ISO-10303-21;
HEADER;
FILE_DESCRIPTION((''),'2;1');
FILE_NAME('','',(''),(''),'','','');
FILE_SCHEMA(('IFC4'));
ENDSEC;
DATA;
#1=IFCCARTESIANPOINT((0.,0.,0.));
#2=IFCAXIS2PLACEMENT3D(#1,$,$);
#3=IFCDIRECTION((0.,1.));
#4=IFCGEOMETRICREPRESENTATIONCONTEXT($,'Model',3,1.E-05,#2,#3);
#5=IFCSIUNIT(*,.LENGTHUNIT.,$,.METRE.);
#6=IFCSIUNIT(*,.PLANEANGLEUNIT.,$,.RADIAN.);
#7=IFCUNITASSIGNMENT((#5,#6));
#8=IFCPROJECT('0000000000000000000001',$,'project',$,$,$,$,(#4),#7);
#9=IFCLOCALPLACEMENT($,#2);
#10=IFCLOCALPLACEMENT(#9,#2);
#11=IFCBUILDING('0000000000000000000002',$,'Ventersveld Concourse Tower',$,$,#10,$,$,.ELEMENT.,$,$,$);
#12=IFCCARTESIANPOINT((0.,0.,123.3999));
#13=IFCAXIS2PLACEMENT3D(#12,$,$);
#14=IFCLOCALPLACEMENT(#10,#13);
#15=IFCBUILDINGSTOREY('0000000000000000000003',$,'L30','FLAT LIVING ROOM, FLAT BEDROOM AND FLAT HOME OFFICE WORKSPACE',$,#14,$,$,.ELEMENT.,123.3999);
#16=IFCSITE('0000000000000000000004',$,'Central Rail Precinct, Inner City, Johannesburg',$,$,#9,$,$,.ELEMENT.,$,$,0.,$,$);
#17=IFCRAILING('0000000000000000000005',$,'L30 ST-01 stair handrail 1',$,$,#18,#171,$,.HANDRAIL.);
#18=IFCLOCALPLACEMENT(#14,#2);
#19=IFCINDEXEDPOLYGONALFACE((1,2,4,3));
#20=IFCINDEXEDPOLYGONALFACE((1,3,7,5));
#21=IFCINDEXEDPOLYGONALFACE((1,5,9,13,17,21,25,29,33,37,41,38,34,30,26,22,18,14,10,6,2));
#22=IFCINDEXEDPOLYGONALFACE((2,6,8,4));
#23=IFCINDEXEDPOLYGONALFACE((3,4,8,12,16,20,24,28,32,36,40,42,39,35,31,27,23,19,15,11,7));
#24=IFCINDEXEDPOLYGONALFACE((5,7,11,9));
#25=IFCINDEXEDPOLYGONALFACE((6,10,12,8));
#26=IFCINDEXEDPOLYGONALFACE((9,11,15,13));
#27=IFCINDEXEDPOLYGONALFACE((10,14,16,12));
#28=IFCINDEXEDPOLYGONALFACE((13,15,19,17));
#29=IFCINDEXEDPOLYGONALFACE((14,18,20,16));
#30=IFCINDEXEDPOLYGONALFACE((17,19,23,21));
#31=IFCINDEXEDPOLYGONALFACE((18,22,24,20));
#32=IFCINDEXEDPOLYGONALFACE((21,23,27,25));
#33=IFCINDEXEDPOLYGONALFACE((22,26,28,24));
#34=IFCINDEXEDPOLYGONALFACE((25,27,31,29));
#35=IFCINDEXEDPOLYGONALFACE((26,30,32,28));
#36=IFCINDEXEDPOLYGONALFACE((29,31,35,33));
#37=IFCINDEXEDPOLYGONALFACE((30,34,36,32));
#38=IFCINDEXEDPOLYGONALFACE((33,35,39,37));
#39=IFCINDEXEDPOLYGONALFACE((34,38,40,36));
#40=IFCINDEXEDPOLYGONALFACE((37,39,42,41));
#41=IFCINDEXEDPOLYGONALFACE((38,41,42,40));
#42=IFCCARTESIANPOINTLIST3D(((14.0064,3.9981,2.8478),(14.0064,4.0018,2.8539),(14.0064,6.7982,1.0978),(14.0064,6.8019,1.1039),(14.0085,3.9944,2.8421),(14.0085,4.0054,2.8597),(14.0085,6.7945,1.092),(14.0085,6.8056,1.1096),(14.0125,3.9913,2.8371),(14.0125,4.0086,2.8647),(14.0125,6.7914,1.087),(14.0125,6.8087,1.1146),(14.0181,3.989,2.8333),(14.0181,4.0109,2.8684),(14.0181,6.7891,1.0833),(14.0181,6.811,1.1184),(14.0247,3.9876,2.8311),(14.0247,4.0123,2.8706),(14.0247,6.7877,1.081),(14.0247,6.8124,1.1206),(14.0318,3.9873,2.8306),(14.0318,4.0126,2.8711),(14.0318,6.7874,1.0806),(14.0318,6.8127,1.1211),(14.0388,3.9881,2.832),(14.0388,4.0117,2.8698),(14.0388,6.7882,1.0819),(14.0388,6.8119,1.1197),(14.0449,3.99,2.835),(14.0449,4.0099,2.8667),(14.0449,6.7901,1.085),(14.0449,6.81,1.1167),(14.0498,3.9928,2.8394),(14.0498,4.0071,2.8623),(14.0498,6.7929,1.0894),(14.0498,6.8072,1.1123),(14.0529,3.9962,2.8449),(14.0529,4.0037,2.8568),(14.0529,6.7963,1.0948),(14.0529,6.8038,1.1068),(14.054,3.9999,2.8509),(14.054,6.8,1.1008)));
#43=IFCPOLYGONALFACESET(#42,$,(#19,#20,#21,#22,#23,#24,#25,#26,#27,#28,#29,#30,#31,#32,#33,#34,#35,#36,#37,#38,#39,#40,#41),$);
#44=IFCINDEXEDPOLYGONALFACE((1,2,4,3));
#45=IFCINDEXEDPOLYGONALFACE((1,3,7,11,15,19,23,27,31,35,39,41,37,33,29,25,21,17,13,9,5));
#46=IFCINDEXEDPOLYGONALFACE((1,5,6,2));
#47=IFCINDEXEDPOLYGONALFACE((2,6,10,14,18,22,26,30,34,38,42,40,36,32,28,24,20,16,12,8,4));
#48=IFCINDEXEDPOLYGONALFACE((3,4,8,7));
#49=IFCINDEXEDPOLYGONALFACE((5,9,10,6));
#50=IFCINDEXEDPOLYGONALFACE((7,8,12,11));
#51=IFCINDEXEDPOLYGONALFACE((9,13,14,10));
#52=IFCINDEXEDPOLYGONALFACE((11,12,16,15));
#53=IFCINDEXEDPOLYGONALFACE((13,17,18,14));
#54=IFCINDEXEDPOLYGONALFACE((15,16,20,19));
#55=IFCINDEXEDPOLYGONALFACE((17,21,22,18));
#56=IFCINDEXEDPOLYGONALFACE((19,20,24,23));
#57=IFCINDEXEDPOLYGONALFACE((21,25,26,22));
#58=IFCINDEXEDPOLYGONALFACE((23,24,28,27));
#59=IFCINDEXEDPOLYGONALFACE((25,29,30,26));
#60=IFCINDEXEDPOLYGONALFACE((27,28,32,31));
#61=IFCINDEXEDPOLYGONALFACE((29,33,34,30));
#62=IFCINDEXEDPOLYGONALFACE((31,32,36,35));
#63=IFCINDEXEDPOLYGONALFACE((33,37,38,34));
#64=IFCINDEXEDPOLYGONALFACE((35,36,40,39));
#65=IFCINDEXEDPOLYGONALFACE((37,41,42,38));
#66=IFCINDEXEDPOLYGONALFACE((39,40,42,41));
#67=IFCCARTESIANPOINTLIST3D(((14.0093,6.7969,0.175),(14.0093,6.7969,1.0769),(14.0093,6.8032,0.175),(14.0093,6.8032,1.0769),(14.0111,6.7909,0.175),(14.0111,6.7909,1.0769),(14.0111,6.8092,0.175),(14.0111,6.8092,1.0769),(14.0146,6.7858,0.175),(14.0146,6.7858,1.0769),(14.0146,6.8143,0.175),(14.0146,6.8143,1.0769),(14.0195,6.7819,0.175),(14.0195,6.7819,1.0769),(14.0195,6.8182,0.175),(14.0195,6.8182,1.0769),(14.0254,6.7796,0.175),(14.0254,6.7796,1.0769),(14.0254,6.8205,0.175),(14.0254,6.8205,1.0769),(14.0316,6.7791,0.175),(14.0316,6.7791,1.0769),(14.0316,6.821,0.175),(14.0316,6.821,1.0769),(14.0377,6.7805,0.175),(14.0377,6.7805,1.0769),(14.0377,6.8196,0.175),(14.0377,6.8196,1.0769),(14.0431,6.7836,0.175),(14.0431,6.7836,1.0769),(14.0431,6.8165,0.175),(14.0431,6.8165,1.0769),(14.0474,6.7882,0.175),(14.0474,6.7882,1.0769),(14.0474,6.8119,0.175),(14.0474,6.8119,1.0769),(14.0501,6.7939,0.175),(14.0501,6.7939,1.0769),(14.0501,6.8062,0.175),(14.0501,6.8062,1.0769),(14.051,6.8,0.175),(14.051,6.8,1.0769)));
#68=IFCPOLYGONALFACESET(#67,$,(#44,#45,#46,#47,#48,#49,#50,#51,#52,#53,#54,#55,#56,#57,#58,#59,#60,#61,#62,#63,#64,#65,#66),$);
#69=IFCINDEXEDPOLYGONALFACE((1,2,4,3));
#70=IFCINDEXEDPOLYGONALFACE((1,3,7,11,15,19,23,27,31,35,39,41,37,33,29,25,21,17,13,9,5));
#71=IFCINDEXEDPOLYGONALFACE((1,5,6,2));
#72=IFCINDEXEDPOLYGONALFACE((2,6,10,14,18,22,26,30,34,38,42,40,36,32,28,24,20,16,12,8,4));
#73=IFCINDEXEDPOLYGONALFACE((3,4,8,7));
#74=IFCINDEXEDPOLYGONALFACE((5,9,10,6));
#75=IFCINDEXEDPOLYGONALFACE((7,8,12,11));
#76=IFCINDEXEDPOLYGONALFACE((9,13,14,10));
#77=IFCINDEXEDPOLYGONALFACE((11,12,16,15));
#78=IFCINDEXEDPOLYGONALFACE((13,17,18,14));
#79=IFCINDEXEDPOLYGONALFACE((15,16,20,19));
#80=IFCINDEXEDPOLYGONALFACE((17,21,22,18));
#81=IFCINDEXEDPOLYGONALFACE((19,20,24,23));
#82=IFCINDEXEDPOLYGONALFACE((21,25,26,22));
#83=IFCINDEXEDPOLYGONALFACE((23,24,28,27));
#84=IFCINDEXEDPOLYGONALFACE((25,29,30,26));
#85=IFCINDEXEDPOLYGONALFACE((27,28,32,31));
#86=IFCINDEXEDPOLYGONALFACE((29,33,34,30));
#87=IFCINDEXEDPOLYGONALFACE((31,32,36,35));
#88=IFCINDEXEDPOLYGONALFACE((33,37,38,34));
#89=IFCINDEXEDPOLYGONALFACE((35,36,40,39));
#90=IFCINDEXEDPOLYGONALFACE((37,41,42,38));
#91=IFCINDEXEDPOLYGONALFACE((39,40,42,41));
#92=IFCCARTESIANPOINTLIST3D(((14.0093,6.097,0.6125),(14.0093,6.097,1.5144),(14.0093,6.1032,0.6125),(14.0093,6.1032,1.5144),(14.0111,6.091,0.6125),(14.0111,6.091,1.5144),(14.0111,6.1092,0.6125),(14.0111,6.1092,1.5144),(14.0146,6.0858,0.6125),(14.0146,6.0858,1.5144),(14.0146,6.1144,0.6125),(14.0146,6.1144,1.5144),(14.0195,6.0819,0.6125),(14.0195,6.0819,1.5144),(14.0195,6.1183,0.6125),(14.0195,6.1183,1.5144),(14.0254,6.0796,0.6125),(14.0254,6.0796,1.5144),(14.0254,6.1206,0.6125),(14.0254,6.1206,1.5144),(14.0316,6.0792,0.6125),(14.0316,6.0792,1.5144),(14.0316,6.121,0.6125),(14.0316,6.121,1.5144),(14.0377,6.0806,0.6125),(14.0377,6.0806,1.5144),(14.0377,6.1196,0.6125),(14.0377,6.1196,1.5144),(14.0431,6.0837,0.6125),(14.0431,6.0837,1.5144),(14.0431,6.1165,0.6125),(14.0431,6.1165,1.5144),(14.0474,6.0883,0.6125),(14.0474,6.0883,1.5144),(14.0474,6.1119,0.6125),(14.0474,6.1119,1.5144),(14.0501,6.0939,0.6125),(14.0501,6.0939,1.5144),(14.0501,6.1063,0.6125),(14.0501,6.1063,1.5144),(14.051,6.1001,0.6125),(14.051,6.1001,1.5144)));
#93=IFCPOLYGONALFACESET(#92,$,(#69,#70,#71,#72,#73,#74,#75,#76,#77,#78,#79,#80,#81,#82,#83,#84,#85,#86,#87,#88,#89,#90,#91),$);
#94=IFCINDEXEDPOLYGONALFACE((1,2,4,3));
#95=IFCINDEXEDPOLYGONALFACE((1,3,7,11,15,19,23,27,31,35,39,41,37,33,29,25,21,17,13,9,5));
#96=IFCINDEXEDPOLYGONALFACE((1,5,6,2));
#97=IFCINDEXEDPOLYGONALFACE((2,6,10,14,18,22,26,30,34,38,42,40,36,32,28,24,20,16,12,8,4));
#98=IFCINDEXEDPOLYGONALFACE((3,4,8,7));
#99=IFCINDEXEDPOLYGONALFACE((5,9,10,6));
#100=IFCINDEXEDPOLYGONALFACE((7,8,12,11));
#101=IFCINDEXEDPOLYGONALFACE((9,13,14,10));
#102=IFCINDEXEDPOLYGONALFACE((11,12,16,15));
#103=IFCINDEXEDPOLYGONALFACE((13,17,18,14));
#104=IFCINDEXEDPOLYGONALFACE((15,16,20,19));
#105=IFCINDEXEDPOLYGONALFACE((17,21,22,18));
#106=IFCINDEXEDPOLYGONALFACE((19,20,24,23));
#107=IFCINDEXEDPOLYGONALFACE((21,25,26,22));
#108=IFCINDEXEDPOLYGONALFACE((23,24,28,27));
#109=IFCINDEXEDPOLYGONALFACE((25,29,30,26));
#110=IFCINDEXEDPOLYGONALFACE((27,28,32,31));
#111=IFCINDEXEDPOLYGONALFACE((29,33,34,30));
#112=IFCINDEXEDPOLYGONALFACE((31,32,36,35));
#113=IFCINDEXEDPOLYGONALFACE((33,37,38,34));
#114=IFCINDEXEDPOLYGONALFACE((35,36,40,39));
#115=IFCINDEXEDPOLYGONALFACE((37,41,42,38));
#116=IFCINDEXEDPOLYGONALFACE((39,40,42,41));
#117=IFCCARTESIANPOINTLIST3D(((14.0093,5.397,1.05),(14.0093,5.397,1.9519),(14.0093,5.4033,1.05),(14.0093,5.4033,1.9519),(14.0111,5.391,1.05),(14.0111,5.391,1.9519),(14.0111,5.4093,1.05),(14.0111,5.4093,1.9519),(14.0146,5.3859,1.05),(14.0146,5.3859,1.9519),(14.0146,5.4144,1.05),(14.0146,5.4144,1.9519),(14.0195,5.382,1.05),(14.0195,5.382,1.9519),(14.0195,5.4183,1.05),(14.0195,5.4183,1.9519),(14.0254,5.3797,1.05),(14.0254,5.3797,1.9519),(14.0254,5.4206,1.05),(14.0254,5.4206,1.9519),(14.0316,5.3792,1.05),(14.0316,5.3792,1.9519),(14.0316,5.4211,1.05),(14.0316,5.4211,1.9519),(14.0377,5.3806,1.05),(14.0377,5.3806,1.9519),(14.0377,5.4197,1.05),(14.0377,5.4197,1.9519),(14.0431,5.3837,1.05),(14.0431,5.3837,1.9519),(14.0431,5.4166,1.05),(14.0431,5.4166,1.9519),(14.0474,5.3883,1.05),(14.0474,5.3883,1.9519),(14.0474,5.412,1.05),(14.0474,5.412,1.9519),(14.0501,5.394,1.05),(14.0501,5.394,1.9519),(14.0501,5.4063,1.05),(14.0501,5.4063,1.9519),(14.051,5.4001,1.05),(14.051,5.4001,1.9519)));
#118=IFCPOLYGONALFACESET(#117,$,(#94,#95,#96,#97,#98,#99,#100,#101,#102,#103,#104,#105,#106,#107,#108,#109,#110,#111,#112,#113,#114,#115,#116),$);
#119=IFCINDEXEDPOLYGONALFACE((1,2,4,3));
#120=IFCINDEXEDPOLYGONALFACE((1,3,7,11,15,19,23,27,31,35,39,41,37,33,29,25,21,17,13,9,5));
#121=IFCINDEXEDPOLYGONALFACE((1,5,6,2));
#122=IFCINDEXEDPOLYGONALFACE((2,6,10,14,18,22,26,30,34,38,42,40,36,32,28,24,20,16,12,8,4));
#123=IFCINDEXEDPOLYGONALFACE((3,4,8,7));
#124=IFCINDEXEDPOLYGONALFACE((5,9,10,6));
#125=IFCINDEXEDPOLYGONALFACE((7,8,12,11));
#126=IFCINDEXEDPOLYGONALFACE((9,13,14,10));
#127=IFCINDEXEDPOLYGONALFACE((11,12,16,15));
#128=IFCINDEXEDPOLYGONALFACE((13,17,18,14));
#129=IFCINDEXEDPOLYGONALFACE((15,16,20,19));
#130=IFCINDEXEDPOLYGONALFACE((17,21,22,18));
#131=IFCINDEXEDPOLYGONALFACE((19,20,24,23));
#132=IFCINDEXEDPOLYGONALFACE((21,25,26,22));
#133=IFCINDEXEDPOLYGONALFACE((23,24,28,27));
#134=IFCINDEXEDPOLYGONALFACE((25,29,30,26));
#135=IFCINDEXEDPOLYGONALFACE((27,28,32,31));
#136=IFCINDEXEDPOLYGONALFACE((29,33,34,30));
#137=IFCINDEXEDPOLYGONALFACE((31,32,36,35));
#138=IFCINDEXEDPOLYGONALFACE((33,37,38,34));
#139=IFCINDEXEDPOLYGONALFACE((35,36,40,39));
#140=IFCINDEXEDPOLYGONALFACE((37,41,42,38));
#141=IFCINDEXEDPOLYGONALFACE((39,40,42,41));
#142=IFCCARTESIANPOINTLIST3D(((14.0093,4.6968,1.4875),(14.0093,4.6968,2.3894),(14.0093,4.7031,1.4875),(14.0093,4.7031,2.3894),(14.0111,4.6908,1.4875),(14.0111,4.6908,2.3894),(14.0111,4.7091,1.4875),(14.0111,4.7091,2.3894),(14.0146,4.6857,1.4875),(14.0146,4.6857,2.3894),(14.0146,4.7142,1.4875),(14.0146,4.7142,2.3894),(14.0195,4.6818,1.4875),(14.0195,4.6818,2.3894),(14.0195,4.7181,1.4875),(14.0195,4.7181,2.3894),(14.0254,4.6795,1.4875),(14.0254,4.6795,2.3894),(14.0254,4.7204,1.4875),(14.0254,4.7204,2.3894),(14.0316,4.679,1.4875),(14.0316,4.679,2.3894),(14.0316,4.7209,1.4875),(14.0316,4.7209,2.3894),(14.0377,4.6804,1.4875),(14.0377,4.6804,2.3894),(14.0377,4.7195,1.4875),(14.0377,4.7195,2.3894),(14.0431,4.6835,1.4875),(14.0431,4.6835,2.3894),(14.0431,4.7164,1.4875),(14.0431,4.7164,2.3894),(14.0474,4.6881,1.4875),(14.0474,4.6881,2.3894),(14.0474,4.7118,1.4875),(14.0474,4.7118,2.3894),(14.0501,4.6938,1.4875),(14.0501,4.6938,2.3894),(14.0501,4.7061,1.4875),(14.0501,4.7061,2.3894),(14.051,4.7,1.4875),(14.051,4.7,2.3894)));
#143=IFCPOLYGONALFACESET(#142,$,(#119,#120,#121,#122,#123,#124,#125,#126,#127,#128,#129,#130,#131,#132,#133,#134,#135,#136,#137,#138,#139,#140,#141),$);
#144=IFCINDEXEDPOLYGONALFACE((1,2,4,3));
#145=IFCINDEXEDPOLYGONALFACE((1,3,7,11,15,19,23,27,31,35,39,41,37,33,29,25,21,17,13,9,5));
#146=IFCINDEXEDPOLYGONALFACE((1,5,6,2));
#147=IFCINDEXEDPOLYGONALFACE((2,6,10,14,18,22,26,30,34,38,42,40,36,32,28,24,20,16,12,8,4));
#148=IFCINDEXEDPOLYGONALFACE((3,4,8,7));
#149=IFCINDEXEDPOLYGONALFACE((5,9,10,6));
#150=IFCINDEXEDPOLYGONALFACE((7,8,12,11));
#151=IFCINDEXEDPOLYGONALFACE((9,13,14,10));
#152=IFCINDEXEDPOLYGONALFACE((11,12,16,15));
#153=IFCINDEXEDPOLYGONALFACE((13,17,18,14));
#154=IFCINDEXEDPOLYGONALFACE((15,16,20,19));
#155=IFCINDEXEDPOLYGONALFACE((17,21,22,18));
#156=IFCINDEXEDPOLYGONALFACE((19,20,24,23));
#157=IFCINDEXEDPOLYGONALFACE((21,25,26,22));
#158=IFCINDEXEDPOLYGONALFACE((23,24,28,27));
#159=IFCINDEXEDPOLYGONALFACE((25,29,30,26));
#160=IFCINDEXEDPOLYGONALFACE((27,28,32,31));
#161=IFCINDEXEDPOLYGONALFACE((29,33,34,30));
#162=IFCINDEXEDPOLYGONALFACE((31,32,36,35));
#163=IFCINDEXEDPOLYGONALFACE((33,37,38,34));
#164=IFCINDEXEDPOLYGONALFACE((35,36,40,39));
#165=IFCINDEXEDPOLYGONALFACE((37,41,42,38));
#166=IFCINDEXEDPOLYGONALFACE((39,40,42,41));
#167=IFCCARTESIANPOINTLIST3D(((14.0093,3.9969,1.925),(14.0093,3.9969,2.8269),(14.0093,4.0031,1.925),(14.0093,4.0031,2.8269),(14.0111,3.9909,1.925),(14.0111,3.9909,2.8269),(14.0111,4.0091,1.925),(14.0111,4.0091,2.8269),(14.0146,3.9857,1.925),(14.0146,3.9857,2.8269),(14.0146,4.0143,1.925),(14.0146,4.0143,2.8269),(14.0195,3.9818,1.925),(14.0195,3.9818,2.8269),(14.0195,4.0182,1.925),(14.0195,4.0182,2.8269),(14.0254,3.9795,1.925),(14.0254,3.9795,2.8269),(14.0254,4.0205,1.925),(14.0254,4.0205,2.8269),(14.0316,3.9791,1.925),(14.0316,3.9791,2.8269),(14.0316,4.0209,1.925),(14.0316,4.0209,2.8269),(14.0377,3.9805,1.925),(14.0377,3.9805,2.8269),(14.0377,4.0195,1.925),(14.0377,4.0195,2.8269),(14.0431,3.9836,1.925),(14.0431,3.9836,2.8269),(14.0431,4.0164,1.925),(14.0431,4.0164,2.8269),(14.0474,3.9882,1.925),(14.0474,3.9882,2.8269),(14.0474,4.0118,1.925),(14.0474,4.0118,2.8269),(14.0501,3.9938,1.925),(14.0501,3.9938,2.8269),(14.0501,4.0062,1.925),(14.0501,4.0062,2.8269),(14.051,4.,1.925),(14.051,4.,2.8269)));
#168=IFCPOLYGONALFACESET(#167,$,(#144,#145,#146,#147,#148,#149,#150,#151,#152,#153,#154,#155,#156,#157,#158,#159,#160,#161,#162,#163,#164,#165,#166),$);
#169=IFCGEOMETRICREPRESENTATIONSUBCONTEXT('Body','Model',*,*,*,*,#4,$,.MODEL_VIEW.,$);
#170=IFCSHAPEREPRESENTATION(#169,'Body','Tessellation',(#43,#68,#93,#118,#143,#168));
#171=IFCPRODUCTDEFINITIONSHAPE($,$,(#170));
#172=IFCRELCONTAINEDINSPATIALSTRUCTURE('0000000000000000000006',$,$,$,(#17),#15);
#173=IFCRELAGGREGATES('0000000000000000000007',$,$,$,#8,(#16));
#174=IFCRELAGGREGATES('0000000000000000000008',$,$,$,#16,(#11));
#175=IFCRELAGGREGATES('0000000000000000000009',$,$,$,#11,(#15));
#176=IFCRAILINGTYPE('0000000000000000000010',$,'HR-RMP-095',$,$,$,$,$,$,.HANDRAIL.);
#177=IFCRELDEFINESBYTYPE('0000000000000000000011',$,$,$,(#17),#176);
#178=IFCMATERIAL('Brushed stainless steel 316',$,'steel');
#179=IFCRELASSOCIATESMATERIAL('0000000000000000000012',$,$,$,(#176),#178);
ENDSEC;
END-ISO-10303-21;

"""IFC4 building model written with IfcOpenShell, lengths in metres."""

from ifc_helpers import new_model, si_unit, direction, frame, origin, origin_2d, place, context, subcontext, project, spatial, circle, extrude, material, type_object, element, save


model = new_model("IFC4")

# Units and contexts
model_context = context("Model", 3, precision=1e-05, world=origin(), true_north=direction((0.0, 1.0)))
body_context = subcontext(model_context, "Body", "Model", "MODEL_VIEW")
ifc_project = project(units=[si_unit("LENGTHUNIT", "METRE"), si_unit("PLANEANGLEUNIT", "RADIAN")], contexts=[model_context])

# Site, building, storey
site_placement = place(None, origin())
site = spatial("IfcSite", under=ifc_project, at=site_placement, Name="Central Rail Precinct, Inner City, Johannesburg", CompositionType="ELEMENT", RefElevation=0.0)
building_placement = place(site_placement, origin())
building = spatial("IfcBuilding", under=site, at=building_placement, Name="Ventersveld Concourse Tower", CompositionType="ELEMENT")
storey_placement = place(building_placement, frame((0.0, 0.0, 123.3999)))
storey = spatial("IfcBuildingStorey", under=building, at=storey_placement, Name="L30", Description="FLAT LIVING ROOM, FLAT BEDROOM AND FLAT HOME OFFICE WORKSPACE", CompositionType="ELEMENT", Elevation=123.3999)

# Railing
ifc_material_1 = material(Name="Brushed stainless steel 316", Category="steel")
railing_type_1 = type_object("IfcRailingType", Name="HR-RMP-095", PredefinedType="HANDRAIL", material=ifc_material_1)
railing_1_placement = place(storey_placement, frame((14.03, 6.8, 0.175)))
element("IfcRailing", 1, at=railing_1_placement, inside=storey, type_object=railing_type_1, Name="L30 ST-01 stair handrail 1", PredefinedType="HANDRAIL", context=body_context, shape_type="SweptSolid", body=[
    extrude(circle(Radius=0.0239, at=origin_2d()), frame((0.0, 0.0, 0.9258), z_axis=(0.0, -0.848002, 0.529992), x_axis=(1.0, 0.0, 0.0)), (0.0, 0.0, 1.0), 3.302),
    extrude(circle(Radius=0.021, at=origin_2d()), origin(), (0.0, 0.0, 1.0), 0.9019),
    extrude(circle(Radius=0.021, at=origin_2d()), frame((0.0, -0.7, 0.4375)), (0.0, 0.0, 1.0), 0.9019),
    extrude(circle(Radius=0.021, at=origin_2d()), frame((0.0, -1.3999, 0.875)), (0.0, 0.0, 1.0), 0.9019),
    extrude(circle(Radius=0.021, at=origin_2d()), frame((0.0, -2.1001, 1.3125)), (0.0, 0.0, 1.0), 0.9019),
    extrude(circle(Radius=0.021, at=origin_2d()), frame((0.0, -2.8, 1.75)), (0.0, 0.0, 1.0), 0.9019),
])

save(model, "model.ifc")
